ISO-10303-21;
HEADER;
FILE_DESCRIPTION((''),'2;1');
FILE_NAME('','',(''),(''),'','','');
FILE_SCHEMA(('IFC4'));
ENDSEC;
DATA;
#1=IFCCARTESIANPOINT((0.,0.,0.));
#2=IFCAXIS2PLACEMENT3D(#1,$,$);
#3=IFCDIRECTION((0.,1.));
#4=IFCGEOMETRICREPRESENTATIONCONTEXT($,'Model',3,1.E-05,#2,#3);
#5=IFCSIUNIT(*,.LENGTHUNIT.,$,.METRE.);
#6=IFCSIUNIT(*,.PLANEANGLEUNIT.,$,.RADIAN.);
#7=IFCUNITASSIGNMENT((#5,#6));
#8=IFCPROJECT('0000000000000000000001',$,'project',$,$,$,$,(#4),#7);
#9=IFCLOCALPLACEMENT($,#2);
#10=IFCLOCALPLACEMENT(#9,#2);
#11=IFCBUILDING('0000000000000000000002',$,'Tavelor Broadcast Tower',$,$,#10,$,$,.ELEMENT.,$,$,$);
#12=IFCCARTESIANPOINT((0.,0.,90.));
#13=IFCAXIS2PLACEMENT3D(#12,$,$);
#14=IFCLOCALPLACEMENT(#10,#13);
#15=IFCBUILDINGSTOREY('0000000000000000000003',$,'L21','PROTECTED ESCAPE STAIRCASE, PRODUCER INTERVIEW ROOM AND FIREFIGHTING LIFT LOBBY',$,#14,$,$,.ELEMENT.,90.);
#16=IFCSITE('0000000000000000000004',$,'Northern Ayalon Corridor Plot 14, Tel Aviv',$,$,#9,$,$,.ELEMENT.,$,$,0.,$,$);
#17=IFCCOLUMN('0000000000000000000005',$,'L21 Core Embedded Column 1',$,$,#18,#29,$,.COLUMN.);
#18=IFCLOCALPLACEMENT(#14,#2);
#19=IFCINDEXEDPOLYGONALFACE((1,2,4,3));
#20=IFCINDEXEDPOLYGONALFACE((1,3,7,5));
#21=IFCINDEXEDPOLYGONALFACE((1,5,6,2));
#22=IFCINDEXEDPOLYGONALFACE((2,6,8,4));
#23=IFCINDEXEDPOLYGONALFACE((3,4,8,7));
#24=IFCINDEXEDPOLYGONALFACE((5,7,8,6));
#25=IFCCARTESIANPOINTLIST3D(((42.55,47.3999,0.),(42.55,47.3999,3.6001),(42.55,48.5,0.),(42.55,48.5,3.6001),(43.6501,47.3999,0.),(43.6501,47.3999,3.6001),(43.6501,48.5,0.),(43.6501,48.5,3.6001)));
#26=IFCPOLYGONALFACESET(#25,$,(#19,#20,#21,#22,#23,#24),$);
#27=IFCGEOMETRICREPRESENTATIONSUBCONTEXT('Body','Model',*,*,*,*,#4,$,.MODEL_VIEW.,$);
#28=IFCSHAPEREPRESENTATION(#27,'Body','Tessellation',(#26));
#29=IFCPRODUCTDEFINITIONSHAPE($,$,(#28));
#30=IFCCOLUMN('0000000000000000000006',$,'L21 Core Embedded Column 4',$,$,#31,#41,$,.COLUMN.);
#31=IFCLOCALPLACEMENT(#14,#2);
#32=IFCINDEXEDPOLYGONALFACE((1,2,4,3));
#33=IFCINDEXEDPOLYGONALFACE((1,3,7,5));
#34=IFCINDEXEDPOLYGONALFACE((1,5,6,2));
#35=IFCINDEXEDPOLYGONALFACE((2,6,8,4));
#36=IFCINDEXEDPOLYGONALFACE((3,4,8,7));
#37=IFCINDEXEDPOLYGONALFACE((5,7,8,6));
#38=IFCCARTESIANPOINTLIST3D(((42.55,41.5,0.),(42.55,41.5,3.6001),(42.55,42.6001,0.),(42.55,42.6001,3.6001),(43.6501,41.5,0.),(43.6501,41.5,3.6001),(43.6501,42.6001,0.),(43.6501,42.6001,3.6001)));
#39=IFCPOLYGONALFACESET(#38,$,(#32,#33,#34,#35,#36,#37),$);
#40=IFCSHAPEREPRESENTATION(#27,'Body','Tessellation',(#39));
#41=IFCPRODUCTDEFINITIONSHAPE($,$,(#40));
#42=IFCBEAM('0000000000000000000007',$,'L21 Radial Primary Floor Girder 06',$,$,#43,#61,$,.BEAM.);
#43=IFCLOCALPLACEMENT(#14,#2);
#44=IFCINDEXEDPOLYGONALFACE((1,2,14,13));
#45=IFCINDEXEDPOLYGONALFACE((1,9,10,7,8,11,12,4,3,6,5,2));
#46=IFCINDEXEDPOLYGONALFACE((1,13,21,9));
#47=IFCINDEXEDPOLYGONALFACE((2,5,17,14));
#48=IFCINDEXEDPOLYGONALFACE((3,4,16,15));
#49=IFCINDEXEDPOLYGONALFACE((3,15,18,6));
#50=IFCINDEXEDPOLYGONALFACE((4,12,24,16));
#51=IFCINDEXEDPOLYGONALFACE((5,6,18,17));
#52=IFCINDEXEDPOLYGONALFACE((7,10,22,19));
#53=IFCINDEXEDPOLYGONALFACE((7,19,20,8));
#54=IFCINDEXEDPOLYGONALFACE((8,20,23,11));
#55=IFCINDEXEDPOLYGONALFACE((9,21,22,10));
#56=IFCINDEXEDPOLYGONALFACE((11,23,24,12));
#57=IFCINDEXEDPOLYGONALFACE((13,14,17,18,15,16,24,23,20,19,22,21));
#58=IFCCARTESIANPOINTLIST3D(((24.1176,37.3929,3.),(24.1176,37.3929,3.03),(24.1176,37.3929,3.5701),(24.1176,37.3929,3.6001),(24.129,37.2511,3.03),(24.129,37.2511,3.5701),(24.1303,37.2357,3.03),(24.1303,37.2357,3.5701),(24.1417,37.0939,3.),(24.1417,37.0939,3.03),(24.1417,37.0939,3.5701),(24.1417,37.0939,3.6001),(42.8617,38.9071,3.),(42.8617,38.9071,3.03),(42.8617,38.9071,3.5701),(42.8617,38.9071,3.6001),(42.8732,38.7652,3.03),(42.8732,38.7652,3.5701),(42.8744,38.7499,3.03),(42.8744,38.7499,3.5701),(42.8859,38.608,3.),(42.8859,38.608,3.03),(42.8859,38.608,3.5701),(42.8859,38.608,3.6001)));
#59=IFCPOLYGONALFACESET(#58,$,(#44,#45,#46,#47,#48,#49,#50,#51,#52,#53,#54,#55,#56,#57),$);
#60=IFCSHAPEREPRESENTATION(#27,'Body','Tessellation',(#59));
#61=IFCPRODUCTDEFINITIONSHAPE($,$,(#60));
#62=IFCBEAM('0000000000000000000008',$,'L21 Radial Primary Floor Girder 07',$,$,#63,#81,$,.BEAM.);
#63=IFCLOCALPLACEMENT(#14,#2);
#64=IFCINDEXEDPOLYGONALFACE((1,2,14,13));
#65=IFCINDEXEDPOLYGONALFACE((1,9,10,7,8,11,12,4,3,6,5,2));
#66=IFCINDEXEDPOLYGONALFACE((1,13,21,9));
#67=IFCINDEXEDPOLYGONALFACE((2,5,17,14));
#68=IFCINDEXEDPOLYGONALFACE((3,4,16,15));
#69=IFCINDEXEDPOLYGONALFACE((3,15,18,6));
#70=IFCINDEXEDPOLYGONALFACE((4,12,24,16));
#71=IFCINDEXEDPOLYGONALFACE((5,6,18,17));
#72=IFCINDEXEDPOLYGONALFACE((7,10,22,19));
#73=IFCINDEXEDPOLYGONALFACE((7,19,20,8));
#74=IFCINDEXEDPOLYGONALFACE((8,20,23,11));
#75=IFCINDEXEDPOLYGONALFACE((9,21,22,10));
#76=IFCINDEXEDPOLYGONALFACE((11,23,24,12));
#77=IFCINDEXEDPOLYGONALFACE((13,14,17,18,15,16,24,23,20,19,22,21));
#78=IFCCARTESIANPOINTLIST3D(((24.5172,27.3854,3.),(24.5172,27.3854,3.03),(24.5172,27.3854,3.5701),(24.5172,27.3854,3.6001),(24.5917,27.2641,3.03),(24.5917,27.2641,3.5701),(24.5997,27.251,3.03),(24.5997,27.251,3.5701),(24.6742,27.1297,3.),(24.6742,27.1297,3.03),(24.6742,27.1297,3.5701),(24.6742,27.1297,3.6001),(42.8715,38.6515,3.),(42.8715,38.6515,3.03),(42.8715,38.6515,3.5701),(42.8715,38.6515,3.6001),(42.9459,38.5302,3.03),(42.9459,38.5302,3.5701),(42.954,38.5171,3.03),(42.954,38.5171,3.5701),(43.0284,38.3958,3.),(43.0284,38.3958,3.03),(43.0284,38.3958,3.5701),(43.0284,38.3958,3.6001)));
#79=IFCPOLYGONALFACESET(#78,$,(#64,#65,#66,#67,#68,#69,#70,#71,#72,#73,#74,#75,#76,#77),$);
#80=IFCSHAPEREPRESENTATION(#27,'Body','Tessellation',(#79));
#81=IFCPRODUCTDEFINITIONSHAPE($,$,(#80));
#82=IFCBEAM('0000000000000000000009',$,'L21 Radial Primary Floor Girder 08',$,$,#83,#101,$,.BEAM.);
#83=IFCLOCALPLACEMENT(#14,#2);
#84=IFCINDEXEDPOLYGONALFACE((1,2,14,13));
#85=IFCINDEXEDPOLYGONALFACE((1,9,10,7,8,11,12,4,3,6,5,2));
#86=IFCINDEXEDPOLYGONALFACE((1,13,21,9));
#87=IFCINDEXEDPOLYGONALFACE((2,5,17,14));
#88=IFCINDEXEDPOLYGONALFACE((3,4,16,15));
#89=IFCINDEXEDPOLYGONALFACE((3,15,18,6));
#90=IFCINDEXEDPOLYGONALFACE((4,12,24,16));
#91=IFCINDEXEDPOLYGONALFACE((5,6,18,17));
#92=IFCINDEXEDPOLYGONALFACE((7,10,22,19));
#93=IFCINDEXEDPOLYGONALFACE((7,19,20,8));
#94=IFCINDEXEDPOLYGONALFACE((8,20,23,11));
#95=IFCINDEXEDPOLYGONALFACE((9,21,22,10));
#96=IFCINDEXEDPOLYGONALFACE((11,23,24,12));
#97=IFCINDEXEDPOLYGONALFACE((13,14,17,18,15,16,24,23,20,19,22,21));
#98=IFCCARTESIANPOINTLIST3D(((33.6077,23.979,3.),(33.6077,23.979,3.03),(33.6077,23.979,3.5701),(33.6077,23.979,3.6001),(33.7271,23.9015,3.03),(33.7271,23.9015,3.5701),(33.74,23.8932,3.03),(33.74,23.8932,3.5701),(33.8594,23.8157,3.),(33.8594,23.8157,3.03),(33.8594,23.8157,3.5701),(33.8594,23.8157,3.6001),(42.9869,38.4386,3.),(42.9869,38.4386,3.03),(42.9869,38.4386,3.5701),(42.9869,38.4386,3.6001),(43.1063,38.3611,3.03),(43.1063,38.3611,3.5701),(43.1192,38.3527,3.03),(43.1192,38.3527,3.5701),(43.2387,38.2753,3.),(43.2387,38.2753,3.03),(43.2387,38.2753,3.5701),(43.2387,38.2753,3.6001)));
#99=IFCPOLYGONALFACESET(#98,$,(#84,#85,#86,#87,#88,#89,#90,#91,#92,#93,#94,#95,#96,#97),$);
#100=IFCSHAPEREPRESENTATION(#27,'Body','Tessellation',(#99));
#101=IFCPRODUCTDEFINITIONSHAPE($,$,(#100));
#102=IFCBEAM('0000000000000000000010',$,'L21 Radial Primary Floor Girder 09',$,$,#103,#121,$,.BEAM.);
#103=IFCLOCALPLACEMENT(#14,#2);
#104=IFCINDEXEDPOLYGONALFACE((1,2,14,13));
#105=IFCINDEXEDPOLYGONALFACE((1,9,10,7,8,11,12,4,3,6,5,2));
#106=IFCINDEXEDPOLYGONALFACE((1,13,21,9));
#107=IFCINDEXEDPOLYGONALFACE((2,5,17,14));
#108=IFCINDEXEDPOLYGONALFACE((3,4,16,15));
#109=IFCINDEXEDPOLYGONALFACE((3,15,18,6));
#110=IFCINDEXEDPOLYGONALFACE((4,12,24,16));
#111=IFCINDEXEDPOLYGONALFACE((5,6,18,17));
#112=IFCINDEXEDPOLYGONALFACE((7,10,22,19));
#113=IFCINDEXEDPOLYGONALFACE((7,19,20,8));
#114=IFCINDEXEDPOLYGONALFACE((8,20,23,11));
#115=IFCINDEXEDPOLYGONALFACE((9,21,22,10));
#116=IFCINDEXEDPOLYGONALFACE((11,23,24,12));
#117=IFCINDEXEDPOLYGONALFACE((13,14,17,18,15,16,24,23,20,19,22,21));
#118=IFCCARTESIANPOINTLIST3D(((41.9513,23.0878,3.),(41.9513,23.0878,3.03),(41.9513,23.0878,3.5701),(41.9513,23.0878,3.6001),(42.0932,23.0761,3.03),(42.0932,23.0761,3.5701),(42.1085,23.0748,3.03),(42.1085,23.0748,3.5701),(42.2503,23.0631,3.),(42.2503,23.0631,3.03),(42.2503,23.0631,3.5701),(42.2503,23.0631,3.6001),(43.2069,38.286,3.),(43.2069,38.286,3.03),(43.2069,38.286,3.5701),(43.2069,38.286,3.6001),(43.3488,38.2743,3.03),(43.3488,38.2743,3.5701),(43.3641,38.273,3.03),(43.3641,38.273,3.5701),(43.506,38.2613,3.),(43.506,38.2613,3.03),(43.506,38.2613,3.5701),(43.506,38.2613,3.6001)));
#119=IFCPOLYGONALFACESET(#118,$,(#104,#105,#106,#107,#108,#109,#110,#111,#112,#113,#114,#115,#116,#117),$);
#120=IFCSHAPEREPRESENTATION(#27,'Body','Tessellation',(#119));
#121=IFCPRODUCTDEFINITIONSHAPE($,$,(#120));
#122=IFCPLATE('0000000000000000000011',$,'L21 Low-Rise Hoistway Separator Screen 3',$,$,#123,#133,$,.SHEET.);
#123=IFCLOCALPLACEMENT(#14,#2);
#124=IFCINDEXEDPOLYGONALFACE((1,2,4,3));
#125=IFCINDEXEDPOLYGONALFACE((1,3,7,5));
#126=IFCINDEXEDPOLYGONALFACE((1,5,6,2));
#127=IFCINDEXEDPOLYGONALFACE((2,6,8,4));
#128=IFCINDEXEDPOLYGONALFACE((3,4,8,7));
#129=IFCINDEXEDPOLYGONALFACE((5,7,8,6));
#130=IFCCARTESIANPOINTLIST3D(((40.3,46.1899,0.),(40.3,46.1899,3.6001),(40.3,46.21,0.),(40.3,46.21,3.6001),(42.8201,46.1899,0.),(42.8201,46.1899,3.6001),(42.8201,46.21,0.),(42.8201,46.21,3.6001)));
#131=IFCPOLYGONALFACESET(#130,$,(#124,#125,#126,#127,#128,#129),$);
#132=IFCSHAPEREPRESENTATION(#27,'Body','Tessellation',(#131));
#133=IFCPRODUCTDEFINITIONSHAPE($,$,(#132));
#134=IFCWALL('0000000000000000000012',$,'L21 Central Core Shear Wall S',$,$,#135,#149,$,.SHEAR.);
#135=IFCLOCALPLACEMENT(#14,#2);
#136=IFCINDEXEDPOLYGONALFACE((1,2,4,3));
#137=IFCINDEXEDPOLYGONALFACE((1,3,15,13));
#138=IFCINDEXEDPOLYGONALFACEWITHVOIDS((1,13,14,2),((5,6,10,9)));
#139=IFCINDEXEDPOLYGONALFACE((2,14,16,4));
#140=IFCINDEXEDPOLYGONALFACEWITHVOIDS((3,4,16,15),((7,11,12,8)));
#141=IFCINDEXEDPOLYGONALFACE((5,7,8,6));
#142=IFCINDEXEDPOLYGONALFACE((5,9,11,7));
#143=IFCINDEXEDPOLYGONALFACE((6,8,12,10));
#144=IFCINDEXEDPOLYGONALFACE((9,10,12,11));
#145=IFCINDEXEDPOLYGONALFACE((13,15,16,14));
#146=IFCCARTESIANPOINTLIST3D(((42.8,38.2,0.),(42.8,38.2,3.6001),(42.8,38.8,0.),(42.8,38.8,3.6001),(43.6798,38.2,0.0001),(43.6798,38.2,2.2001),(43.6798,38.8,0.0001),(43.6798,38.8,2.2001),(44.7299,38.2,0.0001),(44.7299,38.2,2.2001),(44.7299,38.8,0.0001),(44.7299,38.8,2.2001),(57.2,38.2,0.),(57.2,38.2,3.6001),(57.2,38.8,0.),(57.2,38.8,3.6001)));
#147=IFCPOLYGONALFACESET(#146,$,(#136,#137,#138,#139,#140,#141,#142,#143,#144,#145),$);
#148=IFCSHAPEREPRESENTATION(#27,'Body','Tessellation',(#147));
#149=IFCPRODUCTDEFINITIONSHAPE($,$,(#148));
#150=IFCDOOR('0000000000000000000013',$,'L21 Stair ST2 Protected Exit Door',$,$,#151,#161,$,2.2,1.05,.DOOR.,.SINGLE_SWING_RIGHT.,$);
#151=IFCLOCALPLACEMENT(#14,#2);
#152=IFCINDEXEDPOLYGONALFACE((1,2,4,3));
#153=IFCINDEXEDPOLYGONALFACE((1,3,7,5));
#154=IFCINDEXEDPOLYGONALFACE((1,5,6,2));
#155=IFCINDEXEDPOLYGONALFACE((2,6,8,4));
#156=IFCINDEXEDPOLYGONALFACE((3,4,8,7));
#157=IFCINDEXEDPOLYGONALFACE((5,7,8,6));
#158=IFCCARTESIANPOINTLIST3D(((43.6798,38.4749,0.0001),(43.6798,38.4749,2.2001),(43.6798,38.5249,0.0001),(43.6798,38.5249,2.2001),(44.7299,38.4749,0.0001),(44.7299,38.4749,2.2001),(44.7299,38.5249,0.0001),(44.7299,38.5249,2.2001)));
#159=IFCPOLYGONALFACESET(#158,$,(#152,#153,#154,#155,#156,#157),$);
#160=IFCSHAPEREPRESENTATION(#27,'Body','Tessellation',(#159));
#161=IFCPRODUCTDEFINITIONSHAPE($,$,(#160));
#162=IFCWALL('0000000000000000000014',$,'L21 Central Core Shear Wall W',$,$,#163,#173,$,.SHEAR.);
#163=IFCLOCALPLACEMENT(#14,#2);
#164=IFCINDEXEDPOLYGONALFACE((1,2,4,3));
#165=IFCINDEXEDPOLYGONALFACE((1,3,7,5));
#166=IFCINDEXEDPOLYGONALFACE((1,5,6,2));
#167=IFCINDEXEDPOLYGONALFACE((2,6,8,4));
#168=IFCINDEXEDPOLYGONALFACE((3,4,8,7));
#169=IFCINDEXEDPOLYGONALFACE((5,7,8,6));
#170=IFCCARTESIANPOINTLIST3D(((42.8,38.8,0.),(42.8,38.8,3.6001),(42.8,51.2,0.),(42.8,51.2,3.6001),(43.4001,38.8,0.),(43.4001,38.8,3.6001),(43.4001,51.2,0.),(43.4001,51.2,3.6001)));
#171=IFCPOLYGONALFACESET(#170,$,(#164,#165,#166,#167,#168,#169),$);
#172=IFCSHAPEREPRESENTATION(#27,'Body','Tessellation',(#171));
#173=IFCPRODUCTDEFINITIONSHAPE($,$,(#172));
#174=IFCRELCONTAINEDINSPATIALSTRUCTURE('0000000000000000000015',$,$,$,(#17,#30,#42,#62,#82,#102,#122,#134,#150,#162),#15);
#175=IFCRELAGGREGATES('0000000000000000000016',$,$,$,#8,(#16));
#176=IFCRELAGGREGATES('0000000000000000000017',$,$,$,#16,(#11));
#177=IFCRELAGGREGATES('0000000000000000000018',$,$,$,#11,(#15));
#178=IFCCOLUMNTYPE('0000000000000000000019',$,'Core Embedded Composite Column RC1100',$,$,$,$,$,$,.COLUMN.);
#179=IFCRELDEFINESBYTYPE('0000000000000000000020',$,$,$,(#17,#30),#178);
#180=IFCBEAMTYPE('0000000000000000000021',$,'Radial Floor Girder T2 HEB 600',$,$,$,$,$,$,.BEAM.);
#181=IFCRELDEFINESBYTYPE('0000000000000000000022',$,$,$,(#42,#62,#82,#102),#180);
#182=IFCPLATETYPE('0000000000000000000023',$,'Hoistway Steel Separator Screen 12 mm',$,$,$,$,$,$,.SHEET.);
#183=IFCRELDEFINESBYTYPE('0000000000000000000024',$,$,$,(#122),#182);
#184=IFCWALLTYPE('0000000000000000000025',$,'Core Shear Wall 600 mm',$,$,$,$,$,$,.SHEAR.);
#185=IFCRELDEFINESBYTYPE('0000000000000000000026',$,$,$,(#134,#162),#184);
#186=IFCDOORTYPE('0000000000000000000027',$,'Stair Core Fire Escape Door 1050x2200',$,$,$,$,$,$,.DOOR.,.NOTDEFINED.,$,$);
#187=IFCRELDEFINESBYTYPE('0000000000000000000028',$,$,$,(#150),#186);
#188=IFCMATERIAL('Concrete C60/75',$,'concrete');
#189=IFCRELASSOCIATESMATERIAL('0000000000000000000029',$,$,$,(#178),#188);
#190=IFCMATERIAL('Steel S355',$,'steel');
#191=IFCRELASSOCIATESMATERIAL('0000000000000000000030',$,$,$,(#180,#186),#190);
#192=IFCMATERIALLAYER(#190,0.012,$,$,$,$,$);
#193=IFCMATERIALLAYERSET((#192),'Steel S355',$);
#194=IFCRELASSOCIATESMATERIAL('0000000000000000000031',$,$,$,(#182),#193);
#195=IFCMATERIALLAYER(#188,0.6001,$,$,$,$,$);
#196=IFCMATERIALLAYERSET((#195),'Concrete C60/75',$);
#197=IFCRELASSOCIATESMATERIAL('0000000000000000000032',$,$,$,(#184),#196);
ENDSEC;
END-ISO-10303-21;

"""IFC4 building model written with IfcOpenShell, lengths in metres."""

from ifc_helpers import new_model, si_unit, direction, frame, frame_2d, origin, origin_2d, place, context, subcontext, project, spatial, rectangle, i_section, extrude, source, transform, mapped, material, layer, layer_set, material_profile, profile_set, type_object, type_shapes, element, fill, save


model = new_model("IFC4")

# Units and contexts
model_context = context("Model", 3, precision=1e-05, world=origin(), true_north=direction((0.0, 1.0)))
body_context = subcontext(model_context, "Body", "Model", "MODEL_VIEW")
ifc_project = project(units=[si_unit("LENGTHUNIT", "METRE"), si_unit("PLANEANGLEUNIT", "RADIAN")], contexts=[model_context])

# Site, building, storey
site_placement = place(None, origin())
site = spatial("IfcSite", under=ifc_project, at=site_placement, Name="Northern Ayalon Corridor Plot 14, Tel Aviv", CompositionType="ELEMENT", RefElevation=0.0)
building_placement = place(site_placement, origin())
building = spatial("IfcBuilding", under=site, at=building_placement, Name="Tavelor Broadcast Tower", CompositionType="ELEMENT")
storey_placement = place(building_placement, frame((0.0, 0.0, 90.0)))
storey = spatial("IfcBuildingStorey", under=building, at=storey_placement, Name="L21", Description="PROTECTED ESCAPE STAIRCASE, PRODUCER INTERVIEW ROOM AND FIREFIGHTING LIFT LOBBY", CompositionType="ELEMENT", Elevation=90.0)

# Columns
ifc_material_1 = material(Name="Concrete C60/75", Category="concrete")
ifc_material_profile_1 = material_profile(ifc_material_1, rectangle(XDim=1.1001, YDim=1.1001, at=origin_2d()), Name="RC 1100x1100")
ifc_profile_set_1 = profile_set([ifc_material_profile_1], Name="Concrete C60/75")
column_type = type_object("IfcColumnType", Name="Core Embedded Composite Column RC1100", PredefinedType="COLUMN", material=ifc_profile_set_1)
for number, where, z_axis, x_axis, name in (
    (1, (43.1001, 47.95, 0.0), (0.0, 0.0, 1.0), (1.0, 0.0, 0.0), "L21 Core Embedded Column 1"),
    (2, (43.1001, 42.05, 0.0), (0.0, 0.0, 1.0), (1.0, 0.0, 0.0), "L21 Core Embedded Column 4"),
):
    element("IfcColumn", number, at=place(storey_placement, frame(where, z_axis=z_axis, x_axis=x_axis)), inside=storey, type_object=column_type, Name=name, PredefinedType="COLUMN", context=body_context, shape_type="SweptSolid", body=[
        extrude(rectangle(XDim=1.1001, YDim=1.1001, at=origin_2d()), origin(), (0.0, 0.0, 1.0), 3.6001),
    ])

# Beams
ifc_material_2 = material(Name="Steel S355", Category="steel")
ifc_material_profile_2 = material_profile(ifc_material_2, i_section(OverallWidth=0.3, OverallDepth=0.6001, WebThickness=0.0154, FlangeThickness=0.03, at=origin_2d()), Name="HEB 600")
ifc_profile_set_2 = profile_set([ifc_material_profile_2], Name="Steel S355")
beam_type = type_object("IfcBeamType", Name="Radial Floor Girder T2 HEB 600", PredefinedType="BEAM", material=ifc_profile_set_2)
beam_1_placement = place(storey_placement, frame((42.8738, 38.7576, 3.3), z_axis=(-0.996753, -0.080518, 0.0), x_axis=(0.080518, -0.996753, 0.0)))
element("IfcBeam", 3, at=beam_1_placement, inside=storey, type_object=beam_type, Name="L21 Radial Primary Floor Girder 06", PredefinedType="BEAM", context=body_context, shape_type="SweptSolid", body=[
    extrude(i_section(OverallWidth=0.3, OverallDepth=0.6001, WebThickness=0.0154, FlangeThickness=0.03, at=origin_2d()), origin(), (0.0, 0.0, 1.0), 18.8052),
])
beam_2_placement = place(storey_placement, frame((42.95, 38.5237, 3.3), z_axis=(-0.852255, -0.523127, 0.0), x_axis=(0.523127, -0.852255, 0.0)))
element("IfcBeam", 4, at=beam_2_placement, inside=storey, type_object=beam_type, Name="L21 Radial Primary Floor Girder 07", PredefinedType="BEAM", context=body_context, shape_type="SweptSolid", body=[
    extrude(i_section(OverallWidth=0.3, OverallDepth=0.6001, WebThickness=0.0154, FlangeThickness=0.03, at=origin_2d()), origin(), (0.0, 0.0, 1.0), 21.5361),
])
beam_3_placement = place(storey_placement, frame((43.1128, 38.3569, 3.3), z_axis=(-0.544192, -0.83896, 0.0), x_axis=(0.83896, -0.544192, 0.0)))
element("IfcBeam", 5, at=beam_3_placement, inside=storey, type_object=beam_type, Name="L21 Radial Primary Floor Girder 08", PredefinedType="BEAM", context=body_context, shape_type="SweptSolid", body=[
    extrude(i_section(OverallWidth=0.3, OverallDepth=0.6001, WebThickness=0.0154, FlangeThickness=0.03, at=origin_2d()), origin(), (0.0, 0.0, 1.0), 17.2351),
])
beam_4_placement = place(storey_placement, frame((43.3564, 38.2737, 3.3), z_axis=(-0.082335, -0.996605, 0.0), x_axis=(0.996605, -0.082335, 0.0)))
element("IfcBeam", 6, at=beam_4_placement, inside=storey, type_object=beam_type, Name="L21 Radial Primary Floor Girder 09", PredefinedType="BEAM", context=body_context, shape_type="SweptSolid", body=[
    extrude(i_section(OverallWidth=0.3, OverallDepth=0.6001, WebThickness=0.0154, FlangeThickness=0.03, at=origin_2d()), origin(), (0.0, 0.0, 1.0), 15.25),
])

# Plate
ifc_layer_1 = layer(ifc_material_2, 0.012)
ifc_layer_set_1 = layer_set([ifc_layer_1], Name="Steel S355")
plate_type = type_object("IfcPlateType", Name="Hoistway Steel Separator Screen 12 mm", PredefinedType="SHEET", material=ifc_layer_set_1)
shared_shape = source(origin(), body_context, "Body", "SweptSolid", [
    extrude(rectangle(XDim=2.52, YDim=0.02, at=origin_2d()), origin(), (0.0, 0.0, 1.0), 3.6001),
])
type_shapes(plate_type, [shared_shape])
plate_placement = place(storey_placement, frame((41.5601, 46.2, 0.0), z_axis=(0.0, 0.0, 1.0), x_axis=(1.0, 0.0, 0.0)))
element("IfcPlate", 7, at=plate_placement, inside=storey, type_object=plate_type, Name="L21 Low-Rise Hoistway Separator Screen 3", PredefinedType="SHEET", context=body_context, shape_type="MappedRepresentation", body=[
    mapped(shared_shape, transform((0.0, 0.0, 0.0), scale=1.0)),
])

# Wall, opening, door
ifc_layer_2 = layer(ifc_material_1, 0.6001)
ifc_layer_set_2 = layer_set([ifc_layer_2], Name="Concrete C60/75")
wall_type_1 = type_object("IfcWallType", Name="Core Shear Wall 600 mm", PredefinedType="SHEAR", material=ifc_layer_set_2)
wall_1_placement = place(storey_placement, frame((42.8, 38.5, 0.0), z_axis=(0.0, 0.0, 1.0), x_axis=(1.0, 0.0, 0.0)))
wall_1 = element("IfcWall", 8, at=wall_1_placement, inside=storey, type_object=wall_type_1, Name="L21 Central Core Shear Wall S", PredefinedType="SHEAR", context=body_context, shape_type="SweptSolid", body=[
    extrude(rectangle(XDim=14.3999, YDim=0.6001, at=frame_2d((7.2, 0.0))), origin(), (0.0, 0.0, 1.0), 3.6001),
])
opening_1_placement = place(wall_1_placement, frame((0.8799, 0.0, 0.0)))
opening_1 = element("IfcOpeningElement", 9, at=opening_1_placement, cuts=wall_1, PredefinedType="OPENING", context=body_context, shape_type="SweptSolid", body=[
    extrude(rectangle(XDim=1.05, YDim=2.2, at=frame_2d((0.5249, 1.1001))), frame((0.0, 0.3101, 0.0), z_axis=(0.0, -1.0, 0.0), x_axis=(1.0, 0.0, 0.0)), (0.0, 0.0, 1.0), 0.6201),
])
door_type_1 = type_object("IfcDoorType", Name="Stair Core Fire Escape Door 1050x2200", OperationType="NOTDEFINED", PredefinedType="DOOR", material=ifc_material_2)
door_1_placement = place(opening_1_placement, origin())
door_1 = element("IfcDoor", 10, at=door_1_placement, inside=storey, type_object=door_type_1, Name="L21 Stair ST2 Protected Exit Door", OperationType="SINGLE_SWING_RIGHT", OverallHeight=2.2, OverallWidth=1.05, PredefinedType="DOOR", context=body_context, shape_type="SweptSolid", body=[
    extrude(rectangle(XDim=1.05, YDim=2.2, at=frame_2d((0.5249, 1.1001))), frame((0.0, 0.0249, 0.0), z_axis=(0.0, -1.0, 0.0), x_axis=(1.0, 0.0, 0.0)), (0.0, 0.0, 1.0), 0.05),
])
fill(opening_1, door_1)

# Wall
wall_2_placement = place(storey_placement, frame((43.1001, 38.8, 0.0), z_axis=(0.0, 0.0, 1.0), x_axis=(0.0, 1.0, 0.0)))
element("IfcWall", 11, at=wall_2_placement, inside=storey, type_object=wall_type_1, Name="L21 Central Core Shear Wall W", PredefinedType="SHEAR", context=body_context, shape_type="SweptSolid", body=[
    extrude(rectangle(XDim=12.3999, YDim=0.6001, at=frame_2d((6.2, 0.0))), origin(), (0.0, 0.0, 1.0), 3.6001),
])

save(model, "model.ifc")
